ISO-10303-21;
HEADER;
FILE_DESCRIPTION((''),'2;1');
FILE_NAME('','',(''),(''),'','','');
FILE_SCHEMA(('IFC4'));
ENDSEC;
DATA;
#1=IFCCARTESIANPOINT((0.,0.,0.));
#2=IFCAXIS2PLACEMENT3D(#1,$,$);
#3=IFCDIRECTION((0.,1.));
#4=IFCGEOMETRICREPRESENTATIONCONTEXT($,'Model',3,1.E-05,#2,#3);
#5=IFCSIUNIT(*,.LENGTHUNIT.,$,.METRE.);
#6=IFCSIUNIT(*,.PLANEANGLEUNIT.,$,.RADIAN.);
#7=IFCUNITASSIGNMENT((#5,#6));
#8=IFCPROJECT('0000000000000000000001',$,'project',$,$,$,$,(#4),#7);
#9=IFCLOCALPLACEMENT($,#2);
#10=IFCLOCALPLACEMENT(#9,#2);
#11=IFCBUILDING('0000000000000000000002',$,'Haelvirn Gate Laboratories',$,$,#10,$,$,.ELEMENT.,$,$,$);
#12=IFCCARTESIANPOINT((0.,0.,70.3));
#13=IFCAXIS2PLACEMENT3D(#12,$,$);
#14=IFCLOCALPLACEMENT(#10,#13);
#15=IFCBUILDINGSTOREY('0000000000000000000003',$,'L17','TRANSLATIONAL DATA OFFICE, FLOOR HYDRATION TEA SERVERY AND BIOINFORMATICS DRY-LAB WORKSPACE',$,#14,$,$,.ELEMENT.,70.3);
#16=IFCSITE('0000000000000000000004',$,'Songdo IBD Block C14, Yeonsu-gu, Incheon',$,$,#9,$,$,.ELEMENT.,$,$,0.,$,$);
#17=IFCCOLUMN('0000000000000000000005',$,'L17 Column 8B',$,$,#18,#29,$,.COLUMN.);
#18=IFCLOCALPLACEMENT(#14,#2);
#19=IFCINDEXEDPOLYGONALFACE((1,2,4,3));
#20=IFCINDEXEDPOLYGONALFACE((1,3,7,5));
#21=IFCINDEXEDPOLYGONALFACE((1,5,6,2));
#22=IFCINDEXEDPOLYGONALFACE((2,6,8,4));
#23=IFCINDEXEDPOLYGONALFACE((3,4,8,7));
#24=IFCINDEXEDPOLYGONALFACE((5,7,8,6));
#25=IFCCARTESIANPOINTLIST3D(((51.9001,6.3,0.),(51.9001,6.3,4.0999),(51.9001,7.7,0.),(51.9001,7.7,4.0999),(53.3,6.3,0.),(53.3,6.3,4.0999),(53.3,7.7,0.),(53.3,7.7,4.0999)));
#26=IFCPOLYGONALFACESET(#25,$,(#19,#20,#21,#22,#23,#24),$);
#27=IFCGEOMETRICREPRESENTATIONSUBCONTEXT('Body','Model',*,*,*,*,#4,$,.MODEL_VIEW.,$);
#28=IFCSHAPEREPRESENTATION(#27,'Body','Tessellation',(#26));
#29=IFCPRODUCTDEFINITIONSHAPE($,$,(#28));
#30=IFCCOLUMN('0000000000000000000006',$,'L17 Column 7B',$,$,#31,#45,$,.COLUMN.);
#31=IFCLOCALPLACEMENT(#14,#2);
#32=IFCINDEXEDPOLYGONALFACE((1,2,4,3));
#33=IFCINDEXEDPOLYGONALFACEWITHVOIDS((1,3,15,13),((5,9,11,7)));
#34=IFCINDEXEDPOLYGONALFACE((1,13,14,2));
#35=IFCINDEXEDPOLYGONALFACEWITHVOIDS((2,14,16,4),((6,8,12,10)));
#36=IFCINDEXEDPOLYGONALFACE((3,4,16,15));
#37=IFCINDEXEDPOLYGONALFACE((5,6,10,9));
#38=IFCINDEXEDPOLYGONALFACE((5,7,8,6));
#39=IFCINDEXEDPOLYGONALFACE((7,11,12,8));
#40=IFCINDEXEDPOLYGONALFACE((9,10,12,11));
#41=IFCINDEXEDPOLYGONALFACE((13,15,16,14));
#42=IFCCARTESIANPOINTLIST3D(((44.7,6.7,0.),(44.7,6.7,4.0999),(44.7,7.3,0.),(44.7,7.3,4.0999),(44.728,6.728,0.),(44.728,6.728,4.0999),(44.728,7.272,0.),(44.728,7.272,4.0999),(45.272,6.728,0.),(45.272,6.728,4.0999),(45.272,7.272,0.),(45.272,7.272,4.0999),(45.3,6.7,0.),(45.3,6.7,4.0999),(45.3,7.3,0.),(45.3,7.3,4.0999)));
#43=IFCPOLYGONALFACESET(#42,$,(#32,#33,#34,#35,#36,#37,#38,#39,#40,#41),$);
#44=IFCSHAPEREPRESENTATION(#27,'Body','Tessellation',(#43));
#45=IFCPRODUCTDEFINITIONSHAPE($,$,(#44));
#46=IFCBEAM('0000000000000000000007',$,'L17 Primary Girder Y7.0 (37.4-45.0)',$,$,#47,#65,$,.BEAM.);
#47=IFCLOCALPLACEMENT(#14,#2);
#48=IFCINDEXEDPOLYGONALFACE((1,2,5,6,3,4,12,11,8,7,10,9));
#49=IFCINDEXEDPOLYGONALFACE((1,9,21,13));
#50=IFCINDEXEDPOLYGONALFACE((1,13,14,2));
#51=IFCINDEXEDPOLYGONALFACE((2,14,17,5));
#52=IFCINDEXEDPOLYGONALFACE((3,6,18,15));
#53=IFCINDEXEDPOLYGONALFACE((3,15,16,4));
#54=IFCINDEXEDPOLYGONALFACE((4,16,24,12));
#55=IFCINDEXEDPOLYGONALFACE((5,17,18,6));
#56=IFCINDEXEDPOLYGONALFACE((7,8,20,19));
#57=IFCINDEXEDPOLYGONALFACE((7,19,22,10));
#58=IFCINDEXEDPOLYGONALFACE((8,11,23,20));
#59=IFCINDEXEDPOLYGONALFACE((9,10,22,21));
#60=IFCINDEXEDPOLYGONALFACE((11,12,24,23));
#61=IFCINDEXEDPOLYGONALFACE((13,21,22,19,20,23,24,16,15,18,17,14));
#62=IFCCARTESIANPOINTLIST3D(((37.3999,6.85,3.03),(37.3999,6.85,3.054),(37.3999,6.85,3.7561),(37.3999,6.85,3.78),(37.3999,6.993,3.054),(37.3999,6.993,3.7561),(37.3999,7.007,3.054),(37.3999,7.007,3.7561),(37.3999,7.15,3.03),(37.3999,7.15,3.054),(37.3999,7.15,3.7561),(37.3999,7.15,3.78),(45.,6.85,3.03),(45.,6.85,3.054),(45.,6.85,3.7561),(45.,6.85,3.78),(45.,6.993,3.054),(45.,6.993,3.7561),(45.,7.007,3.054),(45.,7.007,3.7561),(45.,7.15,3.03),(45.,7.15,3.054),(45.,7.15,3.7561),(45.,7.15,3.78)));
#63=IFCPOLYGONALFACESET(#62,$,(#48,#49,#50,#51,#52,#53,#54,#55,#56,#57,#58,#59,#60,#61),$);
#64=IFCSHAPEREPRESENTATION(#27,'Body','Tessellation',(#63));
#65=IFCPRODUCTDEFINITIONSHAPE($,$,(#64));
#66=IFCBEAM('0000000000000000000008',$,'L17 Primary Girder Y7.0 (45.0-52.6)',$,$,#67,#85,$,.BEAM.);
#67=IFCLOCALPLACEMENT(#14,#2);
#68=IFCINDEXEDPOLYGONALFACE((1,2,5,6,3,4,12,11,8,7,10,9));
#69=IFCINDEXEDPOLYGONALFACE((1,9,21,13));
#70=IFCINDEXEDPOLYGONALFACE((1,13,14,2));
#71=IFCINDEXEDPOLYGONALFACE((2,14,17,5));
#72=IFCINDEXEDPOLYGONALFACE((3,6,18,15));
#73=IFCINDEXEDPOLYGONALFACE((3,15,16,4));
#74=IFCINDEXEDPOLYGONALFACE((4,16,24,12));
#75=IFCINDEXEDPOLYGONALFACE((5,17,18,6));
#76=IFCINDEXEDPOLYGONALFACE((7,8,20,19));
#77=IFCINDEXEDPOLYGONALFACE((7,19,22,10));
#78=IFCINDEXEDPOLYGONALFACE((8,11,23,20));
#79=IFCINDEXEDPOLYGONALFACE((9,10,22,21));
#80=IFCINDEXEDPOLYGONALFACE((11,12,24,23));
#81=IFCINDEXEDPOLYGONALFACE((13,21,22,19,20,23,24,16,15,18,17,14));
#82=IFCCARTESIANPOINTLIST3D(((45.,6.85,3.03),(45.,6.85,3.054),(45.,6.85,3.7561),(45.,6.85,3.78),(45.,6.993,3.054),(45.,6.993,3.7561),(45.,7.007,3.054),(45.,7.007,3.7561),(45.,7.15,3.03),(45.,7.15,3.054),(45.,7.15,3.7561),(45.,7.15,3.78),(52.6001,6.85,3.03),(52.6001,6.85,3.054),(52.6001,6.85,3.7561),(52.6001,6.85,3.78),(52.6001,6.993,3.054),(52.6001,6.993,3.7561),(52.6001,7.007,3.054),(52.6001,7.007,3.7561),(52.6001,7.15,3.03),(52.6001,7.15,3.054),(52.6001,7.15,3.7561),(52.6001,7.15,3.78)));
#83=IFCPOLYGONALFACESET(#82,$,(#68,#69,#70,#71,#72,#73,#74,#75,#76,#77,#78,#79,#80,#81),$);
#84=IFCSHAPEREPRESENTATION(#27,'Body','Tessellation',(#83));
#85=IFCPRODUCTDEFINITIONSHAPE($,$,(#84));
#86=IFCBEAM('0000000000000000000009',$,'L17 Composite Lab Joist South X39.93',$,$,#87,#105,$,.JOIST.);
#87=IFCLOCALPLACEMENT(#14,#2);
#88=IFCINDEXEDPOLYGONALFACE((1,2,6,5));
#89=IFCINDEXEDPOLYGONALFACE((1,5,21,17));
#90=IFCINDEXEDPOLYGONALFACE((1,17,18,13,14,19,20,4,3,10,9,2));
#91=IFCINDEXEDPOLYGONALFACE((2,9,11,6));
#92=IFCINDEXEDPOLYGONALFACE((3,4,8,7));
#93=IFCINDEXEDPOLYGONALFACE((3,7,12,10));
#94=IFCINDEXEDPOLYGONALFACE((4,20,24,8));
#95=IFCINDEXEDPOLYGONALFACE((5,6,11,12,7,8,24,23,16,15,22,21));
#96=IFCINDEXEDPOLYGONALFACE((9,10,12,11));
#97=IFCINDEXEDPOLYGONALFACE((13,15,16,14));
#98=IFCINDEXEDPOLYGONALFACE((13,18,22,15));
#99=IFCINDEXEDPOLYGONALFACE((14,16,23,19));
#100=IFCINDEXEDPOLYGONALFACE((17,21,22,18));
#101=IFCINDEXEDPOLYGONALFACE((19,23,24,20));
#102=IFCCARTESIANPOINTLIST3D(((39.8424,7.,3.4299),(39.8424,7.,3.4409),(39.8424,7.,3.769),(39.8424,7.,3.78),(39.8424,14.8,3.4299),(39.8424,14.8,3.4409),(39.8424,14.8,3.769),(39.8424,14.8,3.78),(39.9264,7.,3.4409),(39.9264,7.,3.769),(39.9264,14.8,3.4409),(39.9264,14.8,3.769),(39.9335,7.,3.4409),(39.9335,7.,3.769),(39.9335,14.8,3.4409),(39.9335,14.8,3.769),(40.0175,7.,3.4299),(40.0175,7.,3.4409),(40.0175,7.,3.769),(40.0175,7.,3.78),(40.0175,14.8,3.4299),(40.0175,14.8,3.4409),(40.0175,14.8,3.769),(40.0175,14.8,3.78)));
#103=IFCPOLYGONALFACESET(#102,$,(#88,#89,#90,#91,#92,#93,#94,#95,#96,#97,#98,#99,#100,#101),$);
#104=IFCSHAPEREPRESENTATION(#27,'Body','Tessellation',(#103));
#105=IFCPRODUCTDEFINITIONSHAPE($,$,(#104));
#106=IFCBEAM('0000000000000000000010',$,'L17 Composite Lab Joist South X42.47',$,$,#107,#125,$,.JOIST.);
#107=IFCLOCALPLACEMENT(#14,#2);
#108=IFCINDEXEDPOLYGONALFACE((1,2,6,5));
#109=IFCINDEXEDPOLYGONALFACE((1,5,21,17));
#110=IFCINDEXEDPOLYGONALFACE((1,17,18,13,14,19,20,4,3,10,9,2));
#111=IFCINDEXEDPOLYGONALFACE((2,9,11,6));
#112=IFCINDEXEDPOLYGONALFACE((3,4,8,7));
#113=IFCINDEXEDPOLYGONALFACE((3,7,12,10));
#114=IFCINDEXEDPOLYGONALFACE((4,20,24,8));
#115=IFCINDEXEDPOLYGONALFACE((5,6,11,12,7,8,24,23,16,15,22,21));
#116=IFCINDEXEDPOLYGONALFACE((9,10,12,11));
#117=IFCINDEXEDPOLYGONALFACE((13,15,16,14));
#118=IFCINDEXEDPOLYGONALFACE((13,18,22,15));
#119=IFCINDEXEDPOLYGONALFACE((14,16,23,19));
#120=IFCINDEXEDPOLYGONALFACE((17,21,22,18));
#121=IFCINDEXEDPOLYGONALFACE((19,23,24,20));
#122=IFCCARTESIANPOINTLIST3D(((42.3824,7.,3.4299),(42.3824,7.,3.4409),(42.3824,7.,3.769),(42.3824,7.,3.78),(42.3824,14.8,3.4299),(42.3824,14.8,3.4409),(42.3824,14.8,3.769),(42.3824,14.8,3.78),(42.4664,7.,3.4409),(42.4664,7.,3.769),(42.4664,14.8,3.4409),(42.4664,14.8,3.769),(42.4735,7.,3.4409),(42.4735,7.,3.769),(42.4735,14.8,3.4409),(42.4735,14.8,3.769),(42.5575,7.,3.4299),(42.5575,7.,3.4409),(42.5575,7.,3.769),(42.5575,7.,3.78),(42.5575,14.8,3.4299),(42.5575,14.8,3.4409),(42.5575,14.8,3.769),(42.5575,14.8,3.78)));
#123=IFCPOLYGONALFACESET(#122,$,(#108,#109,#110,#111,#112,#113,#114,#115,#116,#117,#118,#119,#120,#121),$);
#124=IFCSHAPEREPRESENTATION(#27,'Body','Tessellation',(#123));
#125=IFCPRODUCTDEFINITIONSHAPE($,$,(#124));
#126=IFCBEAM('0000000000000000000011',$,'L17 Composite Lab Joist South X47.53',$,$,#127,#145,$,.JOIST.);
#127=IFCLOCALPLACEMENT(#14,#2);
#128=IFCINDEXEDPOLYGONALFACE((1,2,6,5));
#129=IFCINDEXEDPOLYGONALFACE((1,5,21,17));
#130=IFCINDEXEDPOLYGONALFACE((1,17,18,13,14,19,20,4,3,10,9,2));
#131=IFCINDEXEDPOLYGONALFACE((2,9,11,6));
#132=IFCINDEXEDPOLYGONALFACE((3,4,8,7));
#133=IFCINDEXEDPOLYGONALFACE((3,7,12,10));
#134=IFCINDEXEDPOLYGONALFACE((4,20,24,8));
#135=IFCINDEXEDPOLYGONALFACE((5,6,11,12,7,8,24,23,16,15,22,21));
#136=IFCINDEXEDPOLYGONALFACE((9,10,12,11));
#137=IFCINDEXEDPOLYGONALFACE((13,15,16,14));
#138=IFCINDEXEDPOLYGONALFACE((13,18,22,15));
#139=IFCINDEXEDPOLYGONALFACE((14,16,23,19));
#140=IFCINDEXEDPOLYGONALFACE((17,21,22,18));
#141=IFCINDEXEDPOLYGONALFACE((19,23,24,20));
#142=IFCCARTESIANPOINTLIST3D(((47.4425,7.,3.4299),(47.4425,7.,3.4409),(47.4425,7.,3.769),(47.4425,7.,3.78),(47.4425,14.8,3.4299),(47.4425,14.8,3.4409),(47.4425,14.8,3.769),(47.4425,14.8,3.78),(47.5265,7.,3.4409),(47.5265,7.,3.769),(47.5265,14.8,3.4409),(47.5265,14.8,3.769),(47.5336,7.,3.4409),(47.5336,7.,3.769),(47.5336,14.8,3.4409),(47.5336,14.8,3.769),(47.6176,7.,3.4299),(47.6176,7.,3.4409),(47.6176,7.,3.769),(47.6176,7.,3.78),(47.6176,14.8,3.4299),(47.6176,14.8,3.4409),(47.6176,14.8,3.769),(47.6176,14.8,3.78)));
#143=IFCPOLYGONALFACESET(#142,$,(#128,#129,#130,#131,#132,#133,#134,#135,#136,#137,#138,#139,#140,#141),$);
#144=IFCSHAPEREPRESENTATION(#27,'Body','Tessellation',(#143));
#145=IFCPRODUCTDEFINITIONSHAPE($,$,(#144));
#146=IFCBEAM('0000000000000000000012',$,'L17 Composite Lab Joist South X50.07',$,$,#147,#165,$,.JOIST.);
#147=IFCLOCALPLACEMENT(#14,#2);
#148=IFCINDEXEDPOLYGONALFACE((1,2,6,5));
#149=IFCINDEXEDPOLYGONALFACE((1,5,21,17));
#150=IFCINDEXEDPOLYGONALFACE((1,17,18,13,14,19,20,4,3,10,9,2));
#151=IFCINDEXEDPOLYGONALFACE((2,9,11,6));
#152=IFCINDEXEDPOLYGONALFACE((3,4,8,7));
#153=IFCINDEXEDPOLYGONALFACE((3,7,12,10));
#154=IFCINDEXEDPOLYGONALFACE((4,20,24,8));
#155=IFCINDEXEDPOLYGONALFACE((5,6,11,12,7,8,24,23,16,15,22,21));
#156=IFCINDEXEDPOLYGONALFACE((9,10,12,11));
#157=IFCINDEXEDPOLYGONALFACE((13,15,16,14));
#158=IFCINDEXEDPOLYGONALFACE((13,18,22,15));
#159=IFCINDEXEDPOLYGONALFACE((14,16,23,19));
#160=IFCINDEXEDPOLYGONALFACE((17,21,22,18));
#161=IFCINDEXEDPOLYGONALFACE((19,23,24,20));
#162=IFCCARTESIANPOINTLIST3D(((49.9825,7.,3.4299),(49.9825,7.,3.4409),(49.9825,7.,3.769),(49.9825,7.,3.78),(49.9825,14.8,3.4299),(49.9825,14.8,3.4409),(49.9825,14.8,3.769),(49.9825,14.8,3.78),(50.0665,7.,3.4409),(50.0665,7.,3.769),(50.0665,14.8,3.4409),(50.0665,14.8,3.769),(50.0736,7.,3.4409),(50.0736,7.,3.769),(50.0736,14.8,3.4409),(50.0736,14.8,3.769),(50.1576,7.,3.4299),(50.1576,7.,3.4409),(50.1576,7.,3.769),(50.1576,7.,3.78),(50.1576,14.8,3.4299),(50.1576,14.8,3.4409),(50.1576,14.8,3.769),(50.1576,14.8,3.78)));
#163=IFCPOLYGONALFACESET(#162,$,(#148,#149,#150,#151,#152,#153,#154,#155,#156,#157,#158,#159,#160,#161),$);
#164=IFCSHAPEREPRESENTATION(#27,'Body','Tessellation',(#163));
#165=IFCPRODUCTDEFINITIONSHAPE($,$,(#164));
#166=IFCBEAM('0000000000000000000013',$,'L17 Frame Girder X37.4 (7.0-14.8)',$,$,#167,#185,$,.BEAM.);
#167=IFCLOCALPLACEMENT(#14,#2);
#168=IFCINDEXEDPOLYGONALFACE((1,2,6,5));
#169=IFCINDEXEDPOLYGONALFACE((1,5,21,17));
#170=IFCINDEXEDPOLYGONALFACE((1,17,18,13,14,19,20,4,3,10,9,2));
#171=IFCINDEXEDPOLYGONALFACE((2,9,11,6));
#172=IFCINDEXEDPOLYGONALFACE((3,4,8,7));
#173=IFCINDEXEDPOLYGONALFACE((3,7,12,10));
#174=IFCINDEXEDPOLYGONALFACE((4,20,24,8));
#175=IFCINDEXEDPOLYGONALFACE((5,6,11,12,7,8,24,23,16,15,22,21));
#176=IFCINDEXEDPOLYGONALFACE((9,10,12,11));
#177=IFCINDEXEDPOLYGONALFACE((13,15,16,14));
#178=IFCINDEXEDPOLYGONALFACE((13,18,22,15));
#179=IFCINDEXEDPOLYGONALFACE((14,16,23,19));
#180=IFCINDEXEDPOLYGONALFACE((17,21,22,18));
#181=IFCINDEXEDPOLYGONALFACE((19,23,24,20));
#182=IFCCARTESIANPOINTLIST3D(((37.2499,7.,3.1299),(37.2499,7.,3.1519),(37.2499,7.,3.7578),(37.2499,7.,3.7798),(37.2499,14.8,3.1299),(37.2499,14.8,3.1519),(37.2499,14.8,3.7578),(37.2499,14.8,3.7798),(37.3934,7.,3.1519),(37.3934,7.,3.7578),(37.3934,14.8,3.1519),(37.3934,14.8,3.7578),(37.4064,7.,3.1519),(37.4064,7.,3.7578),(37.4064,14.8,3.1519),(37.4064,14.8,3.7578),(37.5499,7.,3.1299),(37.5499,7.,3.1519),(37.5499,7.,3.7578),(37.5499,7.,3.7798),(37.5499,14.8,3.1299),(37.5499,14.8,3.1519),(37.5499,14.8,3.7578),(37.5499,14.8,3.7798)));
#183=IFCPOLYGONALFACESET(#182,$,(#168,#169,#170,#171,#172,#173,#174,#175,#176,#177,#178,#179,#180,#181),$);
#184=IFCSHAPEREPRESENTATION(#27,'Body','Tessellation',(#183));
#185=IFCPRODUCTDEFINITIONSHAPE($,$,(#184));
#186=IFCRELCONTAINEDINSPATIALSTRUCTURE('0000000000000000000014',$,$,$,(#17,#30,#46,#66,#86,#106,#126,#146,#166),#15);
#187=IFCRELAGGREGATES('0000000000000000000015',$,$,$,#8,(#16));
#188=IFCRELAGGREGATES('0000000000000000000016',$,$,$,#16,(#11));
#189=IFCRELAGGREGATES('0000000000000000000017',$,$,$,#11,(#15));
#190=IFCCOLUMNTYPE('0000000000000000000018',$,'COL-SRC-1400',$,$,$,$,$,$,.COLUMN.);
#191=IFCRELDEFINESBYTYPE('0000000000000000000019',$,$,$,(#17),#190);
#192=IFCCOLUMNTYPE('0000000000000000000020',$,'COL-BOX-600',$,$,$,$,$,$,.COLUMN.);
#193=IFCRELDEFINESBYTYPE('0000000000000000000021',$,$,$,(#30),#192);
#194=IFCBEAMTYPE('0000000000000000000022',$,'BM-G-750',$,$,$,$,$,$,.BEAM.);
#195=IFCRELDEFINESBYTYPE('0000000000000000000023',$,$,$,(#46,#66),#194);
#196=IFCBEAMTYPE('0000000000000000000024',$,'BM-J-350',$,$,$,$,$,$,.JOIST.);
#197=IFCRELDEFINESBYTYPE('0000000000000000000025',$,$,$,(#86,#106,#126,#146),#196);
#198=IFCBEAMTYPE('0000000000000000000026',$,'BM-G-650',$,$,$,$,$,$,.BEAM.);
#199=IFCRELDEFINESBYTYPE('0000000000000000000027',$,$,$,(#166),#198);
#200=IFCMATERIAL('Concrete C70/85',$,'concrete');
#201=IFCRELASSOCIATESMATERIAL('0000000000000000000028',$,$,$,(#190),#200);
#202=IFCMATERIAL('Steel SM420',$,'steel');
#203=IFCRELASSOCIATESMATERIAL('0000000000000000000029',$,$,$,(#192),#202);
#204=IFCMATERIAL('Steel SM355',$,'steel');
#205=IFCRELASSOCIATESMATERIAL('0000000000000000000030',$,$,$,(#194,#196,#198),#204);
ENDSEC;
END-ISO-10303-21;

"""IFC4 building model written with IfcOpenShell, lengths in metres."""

from ifc_helpers import new_model, si_unit, direction, frame, origin, origin_2d, place, context, subcontext, project, spatial, rectangle, hollow_rectangle, i_section, extrude, source, transform, mapped, material, material_profile, profile_set, type_object, type_shapes, element, save


model = new_model("IFC4")

# Units and contexts
model_context = context("Model", 3, precision=1e-05, world=origin(), true_north=direction((0.0, 1.0)))
body_context = subcontext(model_context, "Body", "Model", "MODEL_VIEW")
ifc_project = project(units=[si_unit("LENGTHUNIT", "METRE"), si_unit("PLANEANGLEUNIT", "RADIAN")], contexts=[model_context])

# Site, building, storey
site_placement = place(None, origin())
site = spatial("IfcSite", under=ifc_project, at=site_placement, Name="Songdo IBD Block C14, Yeonsu-gu, Incheon", CompositionType="ELEMENT", RefElevation=0.0)
building_placement = place(site_placement, origin())
building = spatial("IfcBuilding", under=site, at=building_placement, Name="Haelvirn Gate Laboratories", CompositionType="ELEMENT")
storey_placement = place(building_placement, frame((0.0, 0.0, 70.3)))
storey = spatial("IfcBuildingStorey", under=building, at=storey_placement, Name="L17", Description="TRANSLATIONAL DATA OFFICE, FLOOR HYDRATION TEA SERVERY AND BIOINFORMATICS DRY-LAB WORKSPACE", CompositionType="ELEMENT", Elevation=70.3)

# Columns
ifc_material_1 = material(Name="Concrete C70/85", Category="concrete")
ifc_material_profile_1 = material_profile(ifc_material_1, rectangle(XDim=1.3999, YDim=1.3999, at=origin_2d()), Name="SRC-1400x1400")
ifc_profile_set_1 = profile_set([ifc_material_profile_1], Name="Concrete C70/85")
column_type_1 = type_object("IfcColumnType", Name="COL-SRC-1400", PredefinedType="COLUMN", material=ifc_profile_set_1)
shared_shape_1 = source(origin(), body_context, "Body", "SweptSolid", [
    extrude(rectangle(XDim=1.3999, YDim=1.3999, at=origin_2d()), origin(), (0.0, 0.0, 1.0), 4.0999),
])
type_shapes(column_type_1, [shared_shape_1])
column_1_placement = place(storey_placement, frame((52.6001, 7.0, 0.0), z_axis=(0.0, 0.0, 1.0), x_axis=(1.0, 0.0, 0.0)))
element("IfcColumn", 1, at=column_1_placement, inside=storey, type_object=column_type_1, Name="L17 Column 8B", PredefinedType="COLUMN", context=body_context, shape_type="MappedRepresentation", body=[
    mapped(shared_shape_1, transform((0.0, 0.0, 0.0), scale=1.0)),
])
ifc_material_2 = material(Name="Steel SM420", Category="steel")
ifc_material_profile_2 = material_profile(ifc_material_2, hollow_rectangle(XDim=0.6001, YDim=0.6001, WallThickness=0.0281, at=origin_2d()), Name="BOX-600x600x28")
ifc_profile_set_2 = profile_set([ifc_material_profile_2], Name="Steel SM420")
column_type_2 = type_object("IfcColumnType", Name="COL-BOX-600", PredefinedType="COLUMN", material=ifc_profile_set_2)
shared_shape_2 = source(origin(), body_context, "Body", "SweptSolid", [
    extrude(hollow_rectangle(XDim=0.6001, YDim=0.6001, WallThickness=0.0281, at=origin_2d()), origin(), (0.0, 0.0, 1.0), 4.0999),
])
type_shapes(column_type_2, [shared_shape_2])
column_2_placement = place(storey_placement, frame((45.0, 7.0, 0.0), z_axis=(0.0, 0.0, 1.0), x_axis=(1.0, 0.0, 0.0)))
element("IfcColumn", 2, at=column_2_placement, inside=storey, type_object=column_type_2, Name="L17 Column 7B", PredefinedType="COLUMN", context=body_context, shape_type="MappedRepresentation", body=[
    mapped(shared_shape_2, transform((0.0, 0.0, 0.0), scale=1.0)),
])

# Beams
ifc_material_3 = material(Name="Steel SM355", Category="steel")
ifc_material_profile_3 = material_profile(ifc_material_3, i_section(OverallWidth=0.3, OverallDepth=0.75, WebThickness=0.0139, FlangeThickness=0.0239, at=origin_2d()), Name="H-750x300x14x24")
ifc_profile_set_3 = profile_set([ifc_material_profile_3], Name="Steel SM355")
beam_type_1 = type_object("IfcBeamType", Name="BM-G-750", PredefinedType="BEAM", material=ifc_profile_set_3)
shared_shape_3 = source(origin(), body_context, "Body", "SweptSolid", [
    extrude(i_section(OverallWidth=0.3, OverallDepth=0.75, WebThickness=0.0139, FlangeThickness=0.0239, at=origin_2d()), origin(), (0.0, 0.0, 1.0), 7.6001),
])
type_shapes(beam_type_1, [shared_shape_3])
for number, where, z_axis, x_axis, name in (
    (3, (37.3999, 7.0, 3.405), (1.0, 0.0, 0.0), (0.0, 1.0, 0.0), "L17 Primary Girder Y7.0 (37.4-45.0)"),
    (4, (45.0, 7.0, 3.405), (1.0, 0.0, 0.0), (0.0, 1.0, 0.0), "L17 Primary Girder Y7.0 (45.0-52.6)"),
):
    element("IfcBeam", number, at=place(storey_placement, frame(where, z_axis=z_axis, x_axis=x_axis)), inside=storey, type_object=beam_type_1, Name=name, PredefinedType="BEAM", context=body_context, shape_type="MappedRepresentation", body=[
        mapped(shared_shape_3, transform((0.0, 0.0, 0.0), scale=1.0)),
    ])
ifc_material_profile_4 = material_profile(ifc_material_3, i_section(OverallWidth=0.175, OverallDepth=0.3501, WebThickness=0.0071, FlangeThickness=0.011, at=origin_2d()), Name="H-350x175x7x11")
ifc_profile_set_4 = profile_set([ifc_material_profile_4], Name="Steel SM355")
beam_type_2 = type_object("IfcBeamType", Name="BM-J-350", PredefinedType="JOIST", material=ifc_profile_set_4)
shared_shape_4 = source(origin(), body_context, "Body", "SweptSolid", [
    extrude(i_section(OverallWidth=0.175, OverallDepth=0.3501, WebThickness=0.0071, FlangeThickness=0.011, at=origin_2d()), origin(), (0.0, 0.0, 1.0), 7.8),
])
type_shapes(beam_type_2, [shared_shape_4])
for number, where, z_axis, x_axis, name in (
    (5, (39.9299, 7.0, 3.605), (0.0, 1.0, 0.0), (-1.0, 0.0, 0.0), "L17 Composite Lab Joist South X39.93"),
    (6, (42.47, 7.0, 3.605), (0.0, 1.0, 0.0), (-1.0, 0.0, 0.0), "L17 Composite Lab Joist South X42.47"),
    (7, (47.53, 7.0, 3.605), (0.0, 1.0, 0.0), (-1.0, 0.0, 0.0), "L17 Composite Lab Joist South X47.53"),
    (8, (50.0701, 7.0, 3.605), (0.0, 1.0, 0.0), (-1.0, 0.0, 0.0), "L17 Composite Lab Joist South X50.07"),
):
    element("IfcBeam", number, at=place(storey_placement, frame(where, z_axis=z_axis, x_axis=x_axis)), inside=storey, type_object=beam_type_2, Name=name, PredefinedType="JOIST", context=body_context, shape_type="MappedRepresentation", body=[
        mapped(shared_shape_4, transform((0.0, 0.0, 0.0), scale=1.0)),
    ])
ifc_material_profile_5 = material_profile(ifc_material_3, i_section(OverallWidth=0.3, OverallDepth=0.6499, WebThickness=0.0129, FlangeThickness=0.022, at=origin_2d()), Name="H-650x300x13x22")
ifc_profile_set_5 = profile_set([ifc_material_profile_5], Name="Steel SM355")
beam_type_3 = type_object("IfcBeamType", Name="BM-G-650", PredefinedType="BEAM", material=ifc_profile_set_5)
shared_shape_5 = source(origin(), body_context, "Body", "SweptSolid", [
    extrude(i_section(OverallWidth=0.3, OverallDepth=0.6499, WebThickness=0.0129, FlangeThickness=0.022, at=origin_2d()), origin(), (0.0, 0.0, 1.0), 7.8),
])
type_shapes(beam_type_3, [shared_shape_5])
for number, where, z_axis, x_axis, name in (
    (9, (37.3999, 7.0, 3.4548), (0.0, 1.0, 0.0), (-1.0, 0.0, 0.0), "L17 Frame Girder X37.4 (7.0-14.8)"),
):
    element("IfcBeam", number, at=place(storey_placement, frame(where, z_axis=z_axis, x_axis=x_axis)), inside=storey, type_object=beam_type_3, Name=name, PredefinedType="BEAM", context=body_context, shape_type="MappedRepresentation", body=[
        mapped(shared_shape_5, transform((0.0, 0.0, 0.0), scale=1.0)),
    ])

save(model, "model.ifc")
